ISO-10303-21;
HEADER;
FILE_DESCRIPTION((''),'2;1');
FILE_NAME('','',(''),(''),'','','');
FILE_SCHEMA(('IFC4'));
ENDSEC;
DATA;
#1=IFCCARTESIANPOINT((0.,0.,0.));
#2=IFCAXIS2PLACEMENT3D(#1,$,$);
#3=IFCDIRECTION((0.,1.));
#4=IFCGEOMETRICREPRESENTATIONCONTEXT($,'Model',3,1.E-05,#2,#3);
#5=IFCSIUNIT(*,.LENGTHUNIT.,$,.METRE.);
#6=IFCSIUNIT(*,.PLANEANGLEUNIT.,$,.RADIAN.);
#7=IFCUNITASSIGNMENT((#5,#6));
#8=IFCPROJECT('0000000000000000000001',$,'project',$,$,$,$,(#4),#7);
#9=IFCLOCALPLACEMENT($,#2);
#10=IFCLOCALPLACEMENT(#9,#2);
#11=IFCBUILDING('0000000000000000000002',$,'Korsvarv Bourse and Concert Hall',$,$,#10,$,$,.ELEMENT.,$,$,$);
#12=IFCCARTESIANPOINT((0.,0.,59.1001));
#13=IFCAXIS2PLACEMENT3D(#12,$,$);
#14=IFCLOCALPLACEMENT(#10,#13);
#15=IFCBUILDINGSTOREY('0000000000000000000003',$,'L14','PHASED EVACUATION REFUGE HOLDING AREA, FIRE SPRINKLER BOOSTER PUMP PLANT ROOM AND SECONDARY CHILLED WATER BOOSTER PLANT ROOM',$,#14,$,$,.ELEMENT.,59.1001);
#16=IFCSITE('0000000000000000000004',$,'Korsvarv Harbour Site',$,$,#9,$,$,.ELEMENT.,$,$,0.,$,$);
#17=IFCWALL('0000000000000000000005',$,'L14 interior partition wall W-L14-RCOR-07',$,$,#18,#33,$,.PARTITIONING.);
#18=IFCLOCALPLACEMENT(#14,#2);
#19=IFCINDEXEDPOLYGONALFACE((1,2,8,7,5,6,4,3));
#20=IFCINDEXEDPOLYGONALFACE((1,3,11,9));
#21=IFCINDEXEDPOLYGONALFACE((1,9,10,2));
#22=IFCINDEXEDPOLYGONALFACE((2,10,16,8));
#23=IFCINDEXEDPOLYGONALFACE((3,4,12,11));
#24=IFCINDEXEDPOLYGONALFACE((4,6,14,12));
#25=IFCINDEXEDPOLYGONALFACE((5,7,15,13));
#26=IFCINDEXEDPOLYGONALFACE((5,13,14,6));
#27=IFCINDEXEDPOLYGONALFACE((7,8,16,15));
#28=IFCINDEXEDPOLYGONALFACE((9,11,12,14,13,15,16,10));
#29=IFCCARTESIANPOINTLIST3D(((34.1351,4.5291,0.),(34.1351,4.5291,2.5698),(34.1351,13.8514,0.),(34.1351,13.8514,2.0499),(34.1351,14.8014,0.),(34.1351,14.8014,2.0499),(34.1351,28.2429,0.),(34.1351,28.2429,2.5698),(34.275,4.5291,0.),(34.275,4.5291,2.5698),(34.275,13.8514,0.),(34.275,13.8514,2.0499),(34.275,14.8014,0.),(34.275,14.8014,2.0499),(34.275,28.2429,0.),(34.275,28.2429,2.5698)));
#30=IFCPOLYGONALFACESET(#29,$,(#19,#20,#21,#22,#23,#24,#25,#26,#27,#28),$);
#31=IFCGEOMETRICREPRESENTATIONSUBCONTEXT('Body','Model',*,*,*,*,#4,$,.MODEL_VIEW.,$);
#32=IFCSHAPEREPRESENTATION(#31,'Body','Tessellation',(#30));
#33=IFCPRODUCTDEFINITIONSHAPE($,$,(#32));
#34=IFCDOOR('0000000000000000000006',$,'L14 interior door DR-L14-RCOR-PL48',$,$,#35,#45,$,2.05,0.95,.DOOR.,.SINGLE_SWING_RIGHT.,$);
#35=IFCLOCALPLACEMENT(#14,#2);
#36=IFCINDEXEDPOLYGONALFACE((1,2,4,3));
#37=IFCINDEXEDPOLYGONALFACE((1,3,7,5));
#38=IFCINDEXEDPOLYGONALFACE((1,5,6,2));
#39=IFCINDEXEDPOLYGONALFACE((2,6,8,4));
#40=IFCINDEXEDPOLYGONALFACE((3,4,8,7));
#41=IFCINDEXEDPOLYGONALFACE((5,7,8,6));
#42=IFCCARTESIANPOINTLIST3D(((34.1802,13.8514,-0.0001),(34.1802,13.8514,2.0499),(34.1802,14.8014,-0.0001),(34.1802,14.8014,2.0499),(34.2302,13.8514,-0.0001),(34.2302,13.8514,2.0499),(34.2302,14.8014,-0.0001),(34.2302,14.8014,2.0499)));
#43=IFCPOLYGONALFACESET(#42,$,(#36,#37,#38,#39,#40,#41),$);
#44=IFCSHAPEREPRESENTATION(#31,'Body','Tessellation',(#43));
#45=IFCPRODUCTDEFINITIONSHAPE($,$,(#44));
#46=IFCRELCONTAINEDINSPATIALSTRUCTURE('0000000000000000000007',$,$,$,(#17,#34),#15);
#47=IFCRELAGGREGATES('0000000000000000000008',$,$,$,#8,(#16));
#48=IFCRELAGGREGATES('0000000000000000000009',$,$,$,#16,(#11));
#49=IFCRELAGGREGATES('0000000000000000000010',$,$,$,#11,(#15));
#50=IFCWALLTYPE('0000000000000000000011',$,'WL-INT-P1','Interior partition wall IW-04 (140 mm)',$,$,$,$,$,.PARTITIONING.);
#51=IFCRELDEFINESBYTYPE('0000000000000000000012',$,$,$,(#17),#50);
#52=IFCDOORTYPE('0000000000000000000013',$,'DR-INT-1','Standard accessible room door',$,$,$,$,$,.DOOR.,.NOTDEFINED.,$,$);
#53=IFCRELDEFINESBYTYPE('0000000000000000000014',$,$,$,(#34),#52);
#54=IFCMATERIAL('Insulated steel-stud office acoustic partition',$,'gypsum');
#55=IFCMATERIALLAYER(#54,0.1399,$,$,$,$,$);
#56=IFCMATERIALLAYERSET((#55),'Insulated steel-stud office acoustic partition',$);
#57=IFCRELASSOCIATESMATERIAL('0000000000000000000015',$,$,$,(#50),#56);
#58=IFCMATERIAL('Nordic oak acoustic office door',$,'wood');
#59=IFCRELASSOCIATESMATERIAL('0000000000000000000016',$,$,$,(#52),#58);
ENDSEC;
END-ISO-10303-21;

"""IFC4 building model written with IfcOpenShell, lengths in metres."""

from ifc_helpers import new_model, si_unit, direction, frame, frame_2d, origin, place, context, subcontext, project, spatial, rectangle, extrude, material, layer, layer_set, type_object, element, fill, save


model = new_model("IFC4")

# Units and contexts
model_context = context("Model", 3, precision=1e-05, world=origin(), true_north=direction((0.0, 1.0)))
body_context = subcontext(model_context, "Body", "Model", "MODEL_VIEW")
ifc_project = project(units=[si_unit("LENGTHUNIT", "METRE"), si_unit("PLANEANGLEUNIT", "RADIAN")], contexts=[model_context])

# Site, building, storey
site_placement = place(None, origin())
site = spatial("IfcSite", under=ifc_project, at=site_placement, Name="Korsvarv Harbour Site", CompositionType="ELEMENT", RefElevation=0.0)
building_placement = place(site_placement, origin())
building = spatial("IfcBuilding", under=site, at=building_placement, Name="Korsvarv Bourse and Concert Hall", CompositionType="ELEMENT")
storey_placement = place(building_placement, frame((0.0, 0.0, 59.1001)))
storey = spatial("IfcBuildingStorey", under=building, at=storey_placement, Name="L14", Description="PHASED EVACUATION REFUGE HOLDING AREA, FIRE SPRINKLER BOOSTER PUMP PLANT ROOM AND SECONDARY CHILLED WATER BOOSTER PLANT ROOM", CompositionType="ELEMENT", Elevation=59.1001)

# Wall, opening, door
ifc_material_1 = material(Name="Insulated steel-stud office acoustic partition", Category="gypsum")
ifc_layer_1 = layer(ifc_material_1, 0.1399)
ifc_layer_set_1 = layer_set([ifc_layer_1], Name="Insulated steel-stud office acoustic partition")
wall_type = type_object("IfcWallType", Name="WL-INT-P1", Description="Interior partition wall IW-04 (140 mm)", PredefinedType="PARTITIONING", material=ifc_layer_set_1)
wall_placement = place(storey_placement, frame((34.2051, 4.5291, 0.0), z_axis=(0.0, 0.0, 1.0), x_axis=(0.0, 1.0, 0.0)))
wall = element("IfcWall", 1, at=wall_placement, inside=storey, type_object=wall_type, Name="L14 interior partition wall W-L14-RCOR-07", PredefinedType="PARTITIONING", context=body_context, shape_type="SweptSolid", body=[
    extrude(rectangle(XDim=23.7139, YDim=0.1399, at=frame_2d((11.8569, 0.0))), origin(), (0.0, 0.0, 1.0), 2.5698),
])
opening_placement = place(wall_placement, frame((9.3223, 0.0, 0.0)))
opening = element("IfcOpeningElement", 2, at=opening_placement, cuts=wall, PredefinedType="OPENING", context=body_context, shape_type="SweptSolid", body=[
    extrude(rectangle(XDim=0.95, YDim=2.05, at=frame_2d((0.4751, 1.0249))), frame((0.0, 0.0801, 0.0), z_axis=(0.0, -1.0, 0.0), x_axis=(1.0, 0.0, 0.0)), (0.0, 0.0, 1.0), 0.1599),
])
ifc_material_2 = material(Name="Nordic oak acoustic office door", Category="wood")
door_type = type_object("IfcDoorType", Name="DR-INT-1", Description="Standard accessible room door", OperationType="NOTDEFINED", PredefinedType="DOOR", material=ifc_material_2)
door_placement = place(opening_placement, origin())
door = element("IfcDoor", 3, at=door_placement, inside=storey, type_object=door_type, Name="L14 interior door DR-L14-RCOR-PL48", OperationType="SINGLE_SWING_RIGHT", OverallHeight=2.05, OverallWidth=0.95, PredefinedType="DOOR", context=body_context, shape_type="SweptSolid", body=[
    extrude(rectangle(XDim=0.95, YDim=2.05, at=frame_2d((0.4751, 1.0249))), frame((0.0, 0.0249, 0.0), z_axis=(0.0, -1.0, 0.0), x_axis=(1.0, 0.0, 0.0)), (0.0, 0.0, 1.0), 0.05),
])
fill(opening, door)

save(model, "model.ifc")
